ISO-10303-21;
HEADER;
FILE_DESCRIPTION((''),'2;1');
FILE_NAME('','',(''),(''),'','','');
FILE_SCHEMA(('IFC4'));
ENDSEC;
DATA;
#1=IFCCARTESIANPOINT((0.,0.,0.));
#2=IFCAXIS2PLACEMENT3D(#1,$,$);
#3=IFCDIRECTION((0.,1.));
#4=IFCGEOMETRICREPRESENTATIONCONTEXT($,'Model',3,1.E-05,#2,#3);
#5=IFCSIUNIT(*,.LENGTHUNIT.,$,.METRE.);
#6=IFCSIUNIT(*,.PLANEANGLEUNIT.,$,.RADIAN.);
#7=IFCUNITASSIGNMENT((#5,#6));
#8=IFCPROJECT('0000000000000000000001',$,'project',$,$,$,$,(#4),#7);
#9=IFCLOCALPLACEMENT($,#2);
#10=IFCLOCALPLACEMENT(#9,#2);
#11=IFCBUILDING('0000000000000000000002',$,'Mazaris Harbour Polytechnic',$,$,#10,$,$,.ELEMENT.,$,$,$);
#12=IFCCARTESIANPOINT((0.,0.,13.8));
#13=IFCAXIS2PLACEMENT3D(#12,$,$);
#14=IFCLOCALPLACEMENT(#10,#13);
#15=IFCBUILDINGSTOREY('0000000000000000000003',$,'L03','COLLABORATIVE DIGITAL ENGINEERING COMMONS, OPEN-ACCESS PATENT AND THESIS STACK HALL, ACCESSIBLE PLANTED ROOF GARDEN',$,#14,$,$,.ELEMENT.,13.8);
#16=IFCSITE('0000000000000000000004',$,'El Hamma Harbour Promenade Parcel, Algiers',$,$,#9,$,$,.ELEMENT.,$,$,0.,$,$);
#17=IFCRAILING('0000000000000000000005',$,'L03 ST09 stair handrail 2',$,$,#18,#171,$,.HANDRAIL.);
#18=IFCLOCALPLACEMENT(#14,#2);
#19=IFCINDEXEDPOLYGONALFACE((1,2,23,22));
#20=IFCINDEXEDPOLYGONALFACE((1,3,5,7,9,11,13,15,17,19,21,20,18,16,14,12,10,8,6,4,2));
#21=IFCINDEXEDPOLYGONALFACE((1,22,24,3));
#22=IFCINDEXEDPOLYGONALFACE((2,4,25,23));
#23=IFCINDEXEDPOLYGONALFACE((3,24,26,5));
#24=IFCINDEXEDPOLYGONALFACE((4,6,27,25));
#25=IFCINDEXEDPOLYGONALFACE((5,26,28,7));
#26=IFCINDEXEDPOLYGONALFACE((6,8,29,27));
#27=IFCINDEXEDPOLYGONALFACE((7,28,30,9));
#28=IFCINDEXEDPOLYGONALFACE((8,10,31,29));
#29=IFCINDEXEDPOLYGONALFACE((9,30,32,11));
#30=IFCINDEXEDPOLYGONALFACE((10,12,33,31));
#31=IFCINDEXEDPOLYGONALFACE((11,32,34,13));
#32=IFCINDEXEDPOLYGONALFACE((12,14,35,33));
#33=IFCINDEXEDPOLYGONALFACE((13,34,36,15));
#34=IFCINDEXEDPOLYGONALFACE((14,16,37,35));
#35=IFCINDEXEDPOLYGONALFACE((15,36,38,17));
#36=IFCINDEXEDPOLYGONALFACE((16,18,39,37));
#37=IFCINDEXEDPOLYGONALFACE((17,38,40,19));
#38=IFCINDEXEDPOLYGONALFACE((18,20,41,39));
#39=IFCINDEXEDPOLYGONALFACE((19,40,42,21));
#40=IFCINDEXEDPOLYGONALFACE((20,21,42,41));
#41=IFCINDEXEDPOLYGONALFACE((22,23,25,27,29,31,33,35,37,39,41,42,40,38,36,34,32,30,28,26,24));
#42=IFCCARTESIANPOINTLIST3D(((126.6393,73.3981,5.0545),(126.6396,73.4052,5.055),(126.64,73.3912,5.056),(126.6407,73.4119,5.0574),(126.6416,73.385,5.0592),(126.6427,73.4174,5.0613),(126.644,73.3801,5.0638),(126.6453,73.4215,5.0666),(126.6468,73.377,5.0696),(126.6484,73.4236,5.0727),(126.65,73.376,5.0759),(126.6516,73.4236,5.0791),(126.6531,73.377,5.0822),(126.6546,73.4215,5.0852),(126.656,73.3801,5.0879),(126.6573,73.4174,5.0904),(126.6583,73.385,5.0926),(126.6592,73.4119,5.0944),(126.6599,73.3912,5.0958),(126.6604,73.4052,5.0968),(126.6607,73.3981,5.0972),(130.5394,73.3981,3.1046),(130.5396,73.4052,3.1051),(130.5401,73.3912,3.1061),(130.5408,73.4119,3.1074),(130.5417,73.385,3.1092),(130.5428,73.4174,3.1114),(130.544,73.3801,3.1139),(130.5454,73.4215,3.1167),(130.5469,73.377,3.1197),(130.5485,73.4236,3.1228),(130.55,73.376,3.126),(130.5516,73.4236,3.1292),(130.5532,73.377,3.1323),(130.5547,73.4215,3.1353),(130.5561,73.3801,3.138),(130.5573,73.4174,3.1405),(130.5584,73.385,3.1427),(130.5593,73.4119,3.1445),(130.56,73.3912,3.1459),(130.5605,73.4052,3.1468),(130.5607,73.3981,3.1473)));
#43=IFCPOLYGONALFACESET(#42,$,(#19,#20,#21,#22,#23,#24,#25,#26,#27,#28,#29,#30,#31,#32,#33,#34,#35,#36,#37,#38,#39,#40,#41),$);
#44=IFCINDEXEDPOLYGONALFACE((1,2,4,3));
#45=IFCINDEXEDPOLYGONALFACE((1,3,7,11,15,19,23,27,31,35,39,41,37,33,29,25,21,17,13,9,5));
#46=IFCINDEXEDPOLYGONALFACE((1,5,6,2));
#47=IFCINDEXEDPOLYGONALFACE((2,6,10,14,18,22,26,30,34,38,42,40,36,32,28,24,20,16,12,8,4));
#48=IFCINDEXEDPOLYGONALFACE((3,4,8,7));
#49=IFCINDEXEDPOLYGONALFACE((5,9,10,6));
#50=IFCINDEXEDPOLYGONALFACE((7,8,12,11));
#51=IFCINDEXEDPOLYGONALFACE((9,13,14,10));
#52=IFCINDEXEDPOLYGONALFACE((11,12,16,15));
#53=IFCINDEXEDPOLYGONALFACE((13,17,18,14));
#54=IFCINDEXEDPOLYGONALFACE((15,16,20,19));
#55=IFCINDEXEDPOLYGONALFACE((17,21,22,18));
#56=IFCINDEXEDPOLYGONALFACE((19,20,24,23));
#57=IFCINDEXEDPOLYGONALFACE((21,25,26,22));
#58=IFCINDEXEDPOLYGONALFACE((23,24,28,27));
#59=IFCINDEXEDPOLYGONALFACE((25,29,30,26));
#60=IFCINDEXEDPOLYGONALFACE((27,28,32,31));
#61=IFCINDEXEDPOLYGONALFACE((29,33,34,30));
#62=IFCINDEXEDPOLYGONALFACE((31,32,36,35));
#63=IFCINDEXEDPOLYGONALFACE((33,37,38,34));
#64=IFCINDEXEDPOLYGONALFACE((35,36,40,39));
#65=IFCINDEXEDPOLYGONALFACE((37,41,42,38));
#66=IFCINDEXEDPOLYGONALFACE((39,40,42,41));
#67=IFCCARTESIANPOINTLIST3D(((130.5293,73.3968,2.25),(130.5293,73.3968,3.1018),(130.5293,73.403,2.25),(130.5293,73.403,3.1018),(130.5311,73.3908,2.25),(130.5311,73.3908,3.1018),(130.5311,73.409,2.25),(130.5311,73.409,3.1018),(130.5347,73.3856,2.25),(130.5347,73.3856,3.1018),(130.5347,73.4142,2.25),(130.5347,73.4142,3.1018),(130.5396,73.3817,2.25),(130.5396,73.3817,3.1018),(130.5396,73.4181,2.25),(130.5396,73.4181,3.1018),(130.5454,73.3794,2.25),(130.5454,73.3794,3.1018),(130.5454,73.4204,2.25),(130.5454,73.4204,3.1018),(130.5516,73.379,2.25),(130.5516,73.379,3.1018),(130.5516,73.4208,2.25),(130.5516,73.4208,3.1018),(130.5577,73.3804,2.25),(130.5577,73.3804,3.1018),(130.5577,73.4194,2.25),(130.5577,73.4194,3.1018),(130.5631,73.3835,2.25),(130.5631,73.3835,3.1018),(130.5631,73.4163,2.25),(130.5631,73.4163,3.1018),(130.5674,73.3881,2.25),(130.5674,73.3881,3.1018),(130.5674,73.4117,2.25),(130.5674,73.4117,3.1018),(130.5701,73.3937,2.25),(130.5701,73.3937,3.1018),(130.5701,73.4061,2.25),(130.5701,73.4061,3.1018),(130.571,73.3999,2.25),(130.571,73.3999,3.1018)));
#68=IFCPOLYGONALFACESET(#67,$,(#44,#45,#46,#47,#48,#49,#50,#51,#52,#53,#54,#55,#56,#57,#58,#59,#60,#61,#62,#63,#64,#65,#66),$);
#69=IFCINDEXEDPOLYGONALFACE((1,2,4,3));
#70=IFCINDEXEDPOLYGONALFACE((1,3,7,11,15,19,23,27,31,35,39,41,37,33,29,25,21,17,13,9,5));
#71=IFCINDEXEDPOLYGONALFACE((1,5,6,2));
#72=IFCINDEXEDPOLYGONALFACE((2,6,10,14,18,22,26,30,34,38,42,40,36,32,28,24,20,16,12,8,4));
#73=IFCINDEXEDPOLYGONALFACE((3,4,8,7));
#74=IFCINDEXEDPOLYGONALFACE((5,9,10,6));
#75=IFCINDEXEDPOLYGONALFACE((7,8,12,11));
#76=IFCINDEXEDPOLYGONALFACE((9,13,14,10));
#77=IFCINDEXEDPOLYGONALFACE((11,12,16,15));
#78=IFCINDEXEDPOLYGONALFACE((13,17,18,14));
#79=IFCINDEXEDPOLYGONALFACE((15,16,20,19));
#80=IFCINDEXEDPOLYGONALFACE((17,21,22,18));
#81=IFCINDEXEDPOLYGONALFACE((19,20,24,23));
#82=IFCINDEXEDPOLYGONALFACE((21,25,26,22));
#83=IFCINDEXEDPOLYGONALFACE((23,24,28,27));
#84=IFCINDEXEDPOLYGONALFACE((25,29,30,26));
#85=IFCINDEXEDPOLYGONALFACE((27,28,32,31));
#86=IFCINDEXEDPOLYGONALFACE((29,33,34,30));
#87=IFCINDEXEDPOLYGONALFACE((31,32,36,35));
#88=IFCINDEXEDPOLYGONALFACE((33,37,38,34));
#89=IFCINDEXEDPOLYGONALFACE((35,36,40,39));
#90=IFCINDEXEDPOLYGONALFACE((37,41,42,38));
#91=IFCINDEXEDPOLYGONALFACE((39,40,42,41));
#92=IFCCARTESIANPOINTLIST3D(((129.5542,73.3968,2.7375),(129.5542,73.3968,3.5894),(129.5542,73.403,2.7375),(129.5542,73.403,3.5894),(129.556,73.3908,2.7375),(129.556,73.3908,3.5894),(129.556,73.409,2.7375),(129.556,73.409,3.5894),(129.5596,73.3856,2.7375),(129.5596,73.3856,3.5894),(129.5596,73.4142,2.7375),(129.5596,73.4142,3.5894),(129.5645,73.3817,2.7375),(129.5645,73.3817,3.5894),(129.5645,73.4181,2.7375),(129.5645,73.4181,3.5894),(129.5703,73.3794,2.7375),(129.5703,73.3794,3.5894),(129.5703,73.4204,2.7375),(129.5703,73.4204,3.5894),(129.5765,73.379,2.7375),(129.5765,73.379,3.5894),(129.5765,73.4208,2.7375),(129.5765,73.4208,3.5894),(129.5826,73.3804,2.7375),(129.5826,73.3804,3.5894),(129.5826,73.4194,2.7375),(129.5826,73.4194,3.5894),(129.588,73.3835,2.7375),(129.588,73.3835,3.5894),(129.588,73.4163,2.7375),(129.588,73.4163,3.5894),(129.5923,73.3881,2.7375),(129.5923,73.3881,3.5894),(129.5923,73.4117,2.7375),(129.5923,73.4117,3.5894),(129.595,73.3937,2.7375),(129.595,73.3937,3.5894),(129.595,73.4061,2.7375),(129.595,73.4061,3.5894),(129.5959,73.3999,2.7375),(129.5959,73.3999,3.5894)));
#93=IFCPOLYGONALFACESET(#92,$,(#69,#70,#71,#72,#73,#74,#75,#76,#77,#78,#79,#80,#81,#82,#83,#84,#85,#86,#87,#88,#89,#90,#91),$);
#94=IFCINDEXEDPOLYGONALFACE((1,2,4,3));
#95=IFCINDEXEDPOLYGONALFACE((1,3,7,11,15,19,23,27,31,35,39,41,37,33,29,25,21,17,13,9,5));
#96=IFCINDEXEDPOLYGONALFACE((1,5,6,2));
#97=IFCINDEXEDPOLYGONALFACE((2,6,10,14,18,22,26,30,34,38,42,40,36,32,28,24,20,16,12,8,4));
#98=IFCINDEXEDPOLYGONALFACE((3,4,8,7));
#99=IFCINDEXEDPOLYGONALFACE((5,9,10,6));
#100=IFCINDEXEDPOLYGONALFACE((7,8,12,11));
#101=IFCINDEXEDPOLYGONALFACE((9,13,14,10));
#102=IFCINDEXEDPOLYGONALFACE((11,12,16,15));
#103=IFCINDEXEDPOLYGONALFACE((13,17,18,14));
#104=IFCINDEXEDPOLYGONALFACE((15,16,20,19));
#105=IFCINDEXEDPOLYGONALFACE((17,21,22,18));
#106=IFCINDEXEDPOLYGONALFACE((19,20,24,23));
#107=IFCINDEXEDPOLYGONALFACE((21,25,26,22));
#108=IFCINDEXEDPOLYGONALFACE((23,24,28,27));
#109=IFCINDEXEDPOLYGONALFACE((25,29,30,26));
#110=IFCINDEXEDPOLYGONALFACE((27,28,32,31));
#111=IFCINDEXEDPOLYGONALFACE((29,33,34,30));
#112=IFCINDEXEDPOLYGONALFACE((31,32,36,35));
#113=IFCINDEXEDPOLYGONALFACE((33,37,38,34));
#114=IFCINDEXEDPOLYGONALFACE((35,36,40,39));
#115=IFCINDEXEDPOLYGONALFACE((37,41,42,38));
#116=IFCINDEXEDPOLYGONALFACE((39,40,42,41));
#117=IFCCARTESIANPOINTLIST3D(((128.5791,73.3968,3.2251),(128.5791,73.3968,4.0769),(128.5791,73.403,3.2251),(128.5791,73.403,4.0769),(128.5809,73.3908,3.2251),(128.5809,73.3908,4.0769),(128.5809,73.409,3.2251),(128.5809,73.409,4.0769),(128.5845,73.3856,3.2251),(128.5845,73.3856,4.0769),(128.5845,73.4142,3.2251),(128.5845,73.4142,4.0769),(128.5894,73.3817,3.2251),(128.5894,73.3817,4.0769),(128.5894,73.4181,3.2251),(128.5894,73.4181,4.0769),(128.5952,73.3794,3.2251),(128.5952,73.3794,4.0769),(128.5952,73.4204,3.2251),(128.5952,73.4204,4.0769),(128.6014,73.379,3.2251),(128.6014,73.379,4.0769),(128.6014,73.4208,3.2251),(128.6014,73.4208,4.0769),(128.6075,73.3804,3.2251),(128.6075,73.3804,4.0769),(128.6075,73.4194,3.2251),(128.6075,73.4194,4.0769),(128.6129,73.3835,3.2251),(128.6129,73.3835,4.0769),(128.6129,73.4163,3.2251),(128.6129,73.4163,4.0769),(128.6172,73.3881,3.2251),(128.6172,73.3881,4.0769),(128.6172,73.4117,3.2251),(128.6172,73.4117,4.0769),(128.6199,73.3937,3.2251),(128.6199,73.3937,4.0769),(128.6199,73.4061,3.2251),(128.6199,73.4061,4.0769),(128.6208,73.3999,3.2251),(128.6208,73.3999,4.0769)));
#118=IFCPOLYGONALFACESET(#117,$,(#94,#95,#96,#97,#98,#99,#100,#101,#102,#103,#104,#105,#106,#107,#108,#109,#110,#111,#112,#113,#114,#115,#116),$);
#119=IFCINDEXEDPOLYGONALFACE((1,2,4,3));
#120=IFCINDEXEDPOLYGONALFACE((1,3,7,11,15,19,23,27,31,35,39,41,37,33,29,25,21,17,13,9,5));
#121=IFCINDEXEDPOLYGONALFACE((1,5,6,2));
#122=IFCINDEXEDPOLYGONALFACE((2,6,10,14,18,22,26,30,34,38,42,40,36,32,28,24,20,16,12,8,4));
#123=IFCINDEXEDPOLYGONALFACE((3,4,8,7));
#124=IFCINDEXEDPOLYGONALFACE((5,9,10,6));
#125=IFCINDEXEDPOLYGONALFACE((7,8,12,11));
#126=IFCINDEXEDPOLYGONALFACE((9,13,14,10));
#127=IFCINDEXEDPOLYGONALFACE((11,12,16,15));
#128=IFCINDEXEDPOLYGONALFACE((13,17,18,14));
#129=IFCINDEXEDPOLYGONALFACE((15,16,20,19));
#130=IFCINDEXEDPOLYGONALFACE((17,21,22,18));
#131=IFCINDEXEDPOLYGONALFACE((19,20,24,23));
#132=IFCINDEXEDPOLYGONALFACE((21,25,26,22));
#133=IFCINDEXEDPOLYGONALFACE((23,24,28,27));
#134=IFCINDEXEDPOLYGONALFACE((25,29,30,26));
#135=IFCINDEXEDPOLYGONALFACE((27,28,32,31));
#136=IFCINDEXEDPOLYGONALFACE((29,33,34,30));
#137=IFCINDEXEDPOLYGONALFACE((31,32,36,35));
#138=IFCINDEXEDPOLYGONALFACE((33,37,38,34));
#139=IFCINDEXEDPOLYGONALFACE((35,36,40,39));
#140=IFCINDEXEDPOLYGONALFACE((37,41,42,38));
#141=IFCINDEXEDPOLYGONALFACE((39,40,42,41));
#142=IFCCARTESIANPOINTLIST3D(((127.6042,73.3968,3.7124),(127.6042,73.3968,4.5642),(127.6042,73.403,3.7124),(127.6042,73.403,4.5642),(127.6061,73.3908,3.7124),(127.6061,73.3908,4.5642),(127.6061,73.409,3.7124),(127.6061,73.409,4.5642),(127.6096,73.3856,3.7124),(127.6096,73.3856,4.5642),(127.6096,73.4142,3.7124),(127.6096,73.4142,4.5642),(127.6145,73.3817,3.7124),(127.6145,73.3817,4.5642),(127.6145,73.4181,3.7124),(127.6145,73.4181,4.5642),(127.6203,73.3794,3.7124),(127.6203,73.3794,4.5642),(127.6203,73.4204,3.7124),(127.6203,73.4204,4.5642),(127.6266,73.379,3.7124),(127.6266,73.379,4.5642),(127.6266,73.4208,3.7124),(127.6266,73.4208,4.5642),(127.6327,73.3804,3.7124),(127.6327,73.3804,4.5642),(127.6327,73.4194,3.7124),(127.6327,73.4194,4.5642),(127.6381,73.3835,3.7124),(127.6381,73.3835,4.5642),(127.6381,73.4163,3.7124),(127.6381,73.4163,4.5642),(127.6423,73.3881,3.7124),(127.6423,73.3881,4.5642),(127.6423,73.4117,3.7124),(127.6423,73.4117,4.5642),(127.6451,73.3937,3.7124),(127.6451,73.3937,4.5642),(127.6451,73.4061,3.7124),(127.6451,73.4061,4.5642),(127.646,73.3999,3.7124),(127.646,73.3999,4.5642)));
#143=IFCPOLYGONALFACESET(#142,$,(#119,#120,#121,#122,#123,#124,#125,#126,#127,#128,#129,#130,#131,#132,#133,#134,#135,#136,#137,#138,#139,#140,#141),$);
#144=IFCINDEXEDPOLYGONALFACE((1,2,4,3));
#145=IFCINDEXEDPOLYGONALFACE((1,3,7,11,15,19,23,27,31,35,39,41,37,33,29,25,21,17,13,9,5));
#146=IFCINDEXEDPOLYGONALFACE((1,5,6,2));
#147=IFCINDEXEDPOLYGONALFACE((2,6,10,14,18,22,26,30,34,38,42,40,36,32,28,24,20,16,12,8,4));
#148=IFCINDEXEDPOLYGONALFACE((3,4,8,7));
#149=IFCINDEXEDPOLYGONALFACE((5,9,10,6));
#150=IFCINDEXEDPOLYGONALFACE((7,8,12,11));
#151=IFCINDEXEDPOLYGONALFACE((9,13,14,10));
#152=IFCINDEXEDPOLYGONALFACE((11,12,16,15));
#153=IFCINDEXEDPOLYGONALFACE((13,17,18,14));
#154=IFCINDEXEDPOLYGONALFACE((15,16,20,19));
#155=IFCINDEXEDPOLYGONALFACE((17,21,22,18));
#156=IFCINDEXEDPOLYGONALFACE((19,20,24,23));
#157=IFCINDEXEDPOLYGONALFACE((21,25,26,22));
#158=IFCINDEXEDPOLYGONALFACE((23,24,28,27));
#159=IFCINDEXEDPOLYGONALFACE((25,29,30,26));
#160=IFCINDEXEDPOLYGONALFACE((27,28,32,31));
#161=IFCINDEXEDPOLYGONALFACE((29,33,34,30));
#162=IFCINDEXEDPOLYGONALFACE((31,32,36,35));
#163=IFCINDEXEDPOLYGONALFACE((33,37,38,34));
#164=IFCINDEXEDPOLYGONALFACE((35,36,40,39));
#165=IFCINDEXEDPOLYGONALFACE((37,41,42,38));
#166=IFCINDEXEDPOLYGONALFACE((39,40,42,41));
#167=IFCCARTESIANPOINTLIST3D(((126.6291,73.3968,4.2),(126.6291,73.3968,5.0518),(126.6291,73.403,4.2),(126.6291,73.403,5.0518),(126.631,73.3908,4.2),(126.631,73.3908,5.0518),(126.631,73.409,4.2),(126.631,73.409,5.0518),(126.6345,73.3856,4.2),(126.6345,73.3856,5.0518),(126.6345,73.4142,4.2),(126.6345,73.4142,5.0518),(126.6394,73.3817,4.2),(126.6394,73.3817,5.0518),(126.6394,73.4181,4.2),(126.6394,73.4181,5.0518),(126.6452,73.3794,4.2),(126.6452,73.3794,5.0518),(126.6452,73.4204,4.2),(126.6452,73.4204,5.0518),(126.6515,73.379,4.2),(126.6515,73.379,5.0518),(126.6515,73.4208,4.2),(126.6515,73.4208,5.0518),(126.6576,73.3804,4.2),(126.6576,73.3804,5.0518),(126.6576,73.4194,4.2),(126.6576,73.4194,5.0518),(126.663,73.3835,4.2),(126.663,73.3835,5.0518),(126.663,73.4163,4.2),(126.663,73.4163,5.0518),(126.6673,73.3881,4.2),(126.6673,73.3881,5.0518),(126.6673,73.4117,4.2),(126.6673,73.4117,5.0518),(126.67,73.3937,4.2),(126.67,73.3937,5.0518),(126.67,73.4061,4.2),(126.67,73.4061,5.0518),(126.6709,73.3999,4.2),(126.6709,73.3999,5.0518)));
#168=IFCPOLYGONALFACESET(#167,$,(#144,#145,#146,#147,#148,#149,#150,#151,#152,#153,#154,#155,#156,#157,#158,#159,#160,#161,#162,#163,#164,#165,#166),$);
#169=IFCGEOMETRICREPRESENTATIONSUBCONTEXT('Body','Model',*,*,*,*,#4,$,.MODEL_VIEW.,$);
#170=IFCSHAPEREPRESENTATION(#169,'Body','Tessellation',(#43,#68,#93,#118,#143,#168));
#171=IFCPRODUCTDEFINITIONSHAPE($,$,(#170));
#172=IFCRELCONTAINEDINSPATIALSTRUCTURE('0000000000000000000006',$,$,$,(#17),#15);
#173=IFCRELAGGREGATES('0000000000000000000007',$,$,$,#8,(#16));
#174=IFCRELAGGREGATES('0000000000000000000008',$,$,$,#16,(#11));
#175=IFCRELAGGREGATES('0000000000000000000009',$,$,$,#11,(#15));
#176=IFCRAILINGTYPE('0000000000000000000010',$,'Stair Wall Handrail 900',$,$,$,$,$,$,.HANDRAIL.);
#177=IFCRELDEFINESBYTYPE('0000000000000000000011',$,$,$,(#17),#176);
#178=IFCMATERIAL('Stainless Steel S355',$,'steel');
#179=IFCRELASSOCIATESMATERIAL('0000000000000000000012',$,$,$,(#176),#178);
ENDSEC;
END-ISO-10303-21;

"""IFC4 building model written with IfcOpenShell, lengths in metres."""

from ifc_helpers import new_model, si_unit, direction, frame, origin, origin_2d, place, context, subcontext, project, spatial, circle, extrude, material, type_object, element, save


model = new_model("IFC4")

# Units and contexts
model_context = context("Model", 3, precision=1e-05, world=origin(), true_north=direction((0.0, 1.0)))
body_context = subcontext(model_context, "Body", "Model", "MODEL_VIEW")
ifc_project = project(units=[si_unit("LENGTHUNIT", "METRE"), si_unit("PLANEANGLEUNIT", "RADIAN")], contexts=[model_context])

# Site, building, storey
site_placement = place(None, origin())
site = spatial("IfcSite", under=ifc_project, at=site_placement, Name="El Hamma Harbour Promenade Parcel, Algiers", CompositionType="ELEMENT", RefElevation=0.0)
building_placement = place(site_placement, origin())
building = spatial("IfcBuilding", under=site, at=building_placement, Name="Mazaris Harbour Polytechnic", CompositionType="ELEMENT")
storey_placement = place(building_placement, frame((0.0, 0.0, 13.8)))
storey = spatial("IfcBuildingStorey", under=building, at=storey_placement, Name="L03", Description="COLLABORATIVE DIGITAL ENGINEERING COMMONS, OPEN-ACCESS PATENT AND THESIS STACK HALL, ACCESSIBLE PLANTED ROOF GARDEN", CompositionType="ELEMENT", Elevation=13.8)

# Railing
ifc_material_1 = material(Name="Stainless Steel S355", Category="steel")
railing_type_1 = type_object("IfcRailingType", Name="Stair Wall Handrail 900", PredefinedType="HANDRAIL", material=ifc_material_1)
railing_1_placement = place(storey_placement, frame((130.55, 73.3999, 2.25)))
element("IfcRailing", 1, at=railing_1_placement, inside=storey, type_object=railing_type_1, Name="L03 ST09 stair handrail 2", PredefinedType="HANDRAIL", context=body_context, shape_type="SweptSolid", body=[
    extrude(circle(Radius=0.0239, at=origin_2d()), frame((0.0, 0.0, 0.876), z_axis=(-0.894438, 0.0, 0.447191), x_axis=(0.0, -1.0, 0.0)), (0.0, 0.0, 1.0), 4.3604),
    extrude(circle(Radius=0.021, at=origin_2d()), origin(), (0.0, 0.0, 1.0), 0.8518),
    extrude(circle(Radius=0.021, at=origin_2d()), frame((-0.9751, 0.0, 0.4875)), (0.0, 0.0, 1.0), 0.8518),
    extrude(circle(Radius=0.021, at=origin_2d()), frame((-1.9502, 0.0, 0.9751)), (0.0, 0.0, 1.0), 0.8518),
    extrude(circle(Radius=0.021, at=origin_2d()), frame((-2.925, 0.0, 1.4624)), (0.0, 0.0, 1.0), 0.8518),
    extrude(circle(Radius=0.021, at=origin_2d()), frame((-3.9001, 0.0, 1.95)), (0.0, 0.0, 1.0), 0.8518),
])

save(model, "model.ifc")
